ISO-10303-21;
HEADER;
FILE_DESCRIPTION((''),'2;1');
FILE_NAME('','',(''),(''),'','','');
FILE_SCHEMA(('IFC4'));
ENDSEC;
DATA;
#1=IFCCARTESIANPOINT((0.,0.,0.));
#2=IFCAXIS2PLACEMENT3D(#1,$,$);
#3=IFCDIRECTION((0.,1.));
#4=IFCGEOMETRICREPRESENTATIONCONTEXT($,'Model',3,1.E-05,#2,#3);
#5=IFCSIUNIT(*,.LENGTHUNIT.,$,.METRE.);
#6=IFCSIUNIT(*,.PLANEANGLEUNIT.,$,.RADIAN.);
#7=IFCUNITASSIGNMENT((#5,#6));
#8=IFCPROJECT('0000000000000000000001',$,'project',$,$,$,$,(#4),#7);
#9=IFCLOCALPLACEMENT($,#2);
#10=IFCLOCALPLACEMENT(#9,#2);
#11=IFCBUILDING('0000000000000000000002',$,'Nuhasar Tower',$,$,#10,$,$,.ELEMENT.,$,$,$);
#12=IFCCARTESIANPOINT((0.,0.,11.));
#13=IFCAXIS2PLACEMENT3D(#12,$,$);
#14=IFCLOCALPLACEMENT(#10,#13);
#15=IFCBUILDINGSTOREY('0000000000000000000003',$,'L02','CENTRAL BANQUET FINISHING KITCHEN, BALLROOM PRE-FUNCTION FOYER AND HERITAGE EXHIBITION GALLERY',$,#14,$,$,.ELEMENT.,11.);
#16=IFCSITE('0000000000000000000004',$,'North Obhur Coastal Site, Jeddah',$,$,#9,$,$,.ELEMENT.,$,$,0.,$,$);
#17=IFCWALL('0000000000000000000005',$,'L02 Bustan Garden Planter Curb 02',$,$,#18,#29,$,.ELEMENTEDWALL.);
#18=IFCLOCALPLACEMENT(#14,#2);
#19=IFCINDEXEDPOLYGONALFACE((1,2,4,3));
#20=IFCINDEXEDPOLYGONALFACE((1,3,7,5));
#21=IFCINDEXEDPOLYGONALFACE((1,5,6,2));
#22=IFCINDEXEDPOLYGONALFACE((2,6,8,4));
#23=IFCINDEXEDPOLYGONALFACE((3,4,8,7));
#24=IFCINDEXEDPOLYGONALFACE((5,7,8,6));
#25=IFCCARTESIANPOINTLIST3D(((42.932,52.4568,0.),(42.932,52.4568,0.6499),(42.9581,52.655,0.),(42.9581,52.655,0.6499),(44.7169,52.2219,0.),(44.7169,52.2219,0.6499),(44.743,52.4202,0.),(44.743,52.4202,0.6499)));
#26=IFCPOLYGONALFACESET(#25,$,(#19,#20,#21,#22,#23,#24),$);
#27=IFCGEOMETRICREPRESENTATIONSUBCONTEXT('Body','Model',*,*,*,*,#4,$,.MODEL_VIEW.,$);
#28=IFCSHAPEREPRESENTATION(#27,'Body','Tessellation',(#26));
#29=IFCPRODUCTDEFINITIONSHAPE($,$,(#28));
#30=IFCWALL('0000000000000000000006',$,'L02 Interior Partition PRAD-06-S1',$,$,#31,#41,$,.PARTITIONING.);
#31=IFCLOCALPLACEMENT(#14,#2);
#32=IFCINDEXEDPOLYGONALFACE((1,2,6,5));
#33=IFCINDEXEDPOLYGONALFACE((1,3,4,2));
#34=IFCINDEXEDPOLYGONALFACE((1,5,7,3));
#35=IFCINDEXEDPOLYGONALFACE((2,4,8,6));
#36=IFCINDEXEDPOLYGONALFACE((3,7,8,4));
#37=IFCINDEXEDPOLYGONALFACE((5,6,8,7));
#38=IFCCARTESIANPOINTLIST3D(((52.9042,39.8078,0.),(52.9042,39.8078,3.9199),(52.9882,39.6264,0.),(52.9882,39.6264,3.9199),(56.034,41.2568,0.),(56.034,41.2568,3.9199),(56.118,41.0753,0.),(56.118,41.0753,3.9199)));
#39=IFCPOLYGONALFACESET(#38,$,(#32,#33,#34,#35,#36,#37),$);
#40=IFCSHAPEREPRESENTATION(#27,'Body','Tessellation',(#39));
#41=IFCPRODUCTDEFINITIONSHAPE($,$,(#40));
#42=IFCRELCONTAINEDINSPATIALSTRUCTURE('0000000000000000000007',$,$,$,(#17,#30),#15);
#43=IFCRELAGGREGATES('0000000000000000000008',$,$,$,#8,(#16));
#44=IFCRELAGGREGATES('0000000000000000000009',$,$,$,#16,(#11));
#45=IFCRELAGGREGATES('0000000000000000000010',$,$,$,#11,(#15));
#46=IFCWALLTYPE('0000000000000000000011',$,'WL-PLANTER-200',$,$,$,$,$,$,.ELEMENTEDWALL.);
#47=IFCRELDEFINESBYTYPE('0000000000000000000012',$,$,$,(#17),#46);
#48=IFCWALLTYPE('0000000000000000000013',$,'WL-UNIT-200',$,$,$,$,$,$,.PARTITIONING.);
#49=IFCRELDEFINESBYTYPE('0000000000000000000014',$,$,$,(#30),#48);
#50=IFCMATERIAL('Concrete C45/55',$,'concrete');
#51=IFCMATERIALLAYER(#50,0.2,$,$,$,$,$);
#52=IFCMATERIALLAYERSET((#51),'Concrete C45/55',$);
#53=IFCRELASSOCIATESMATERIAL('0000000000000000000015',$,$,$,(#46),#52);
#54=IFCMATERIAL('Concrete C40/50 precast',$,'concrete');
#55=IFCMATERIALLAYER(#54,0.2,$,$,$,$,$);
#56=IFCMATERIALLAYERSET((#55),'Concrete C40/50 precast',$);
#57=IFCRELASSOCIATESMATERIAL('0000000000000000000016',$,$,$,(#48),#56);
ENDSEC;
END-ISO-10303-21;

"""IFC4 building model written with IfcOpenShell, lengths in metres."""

from ifc_helpers import new_model, si_unit, direction, frame, frame_2d, origin, place, context, subcontext, project, spatial, rectangle, extrude, material, layer, layer_set, type_object, element, save


model = new_model("IFC4")

# Units and contexts
model_context = context("Model", 3, precision=1e-05, world=origin(), true_north=direction((0.0, 1.0)))
body_context = subcontext(model_context, "Body", "Model", "MODEL_VIEW")
ifc_project = project(units=[si_unit("LENGTHUNIT", "METRE"), si_unit("PLANEANGLEUNIT", "RADIAN")], contexts=[model_context])

# Site, building, storey
site_placement = place(None, origin())
site = spatial("IfcSite", under=ifc_project, at=site_placement, Name="North Obhur Coastal Site, Jeddah", CompositionType="ELEMENT", RefElevation=0.0)
building_placement = place(site_placement, origin())
building = spatial("IfcBuilding", under=site, at=building_placement, Name="Nuhasar Tower", CompositionType="ELEMENT")
storey_placement = place(building_placement, frame((0.0, 0.0, 11.0)))
storey = spatial("IfcBuildingStorey", under=building, at=storey_placement, Name="L02", Description="CENTRAL BANQUET FINISHING KITCHEN, BALLROOM PRE-FUNCTION FOYER AND HERITAGE EXHIBITION GALLERY", CompositionType="ELEMENT", Elevation=11.0)

# Shared definitions
ifc_material_1 = material(Name="Concrete C45/55", Category="concrete")

# Walls
ifc_layer_1 = layer(ifc_material_1, 0.2)
ifc_layer_set_1 = layer_set([ifc_layer_1], Name="Concrete C45/55")
wall_type_1 = type_object("IfcWallType", Name="WL-PLANTER-200", PredefinedType="ELEMENTEDWALL", material=ifc_layer_set_1)
wall_1_placement = place(storey_placement, frame((42.9451, 52.5559, 0.0), z_axis=(0.0, 0.0, 1.0), x_axis=(0.991454, -0.130458, 0.0)))
element("IfcWall", 1, at=wall_1_placement, inside=storey, type_object=wall_type_1, Name="L02 Bustan Garden Planter Curb 02", PredefinedType="ELEMENTEDWALL", context=body_context, shape_type="SweptSolid", body=[
    extrude(rectangle(XDim=1.8003, YDim=0.2, at=frame_2d((0.9001, 0.0))), origin(), (0.0, 0.0, 1.0), 0.6499),
])
ifc_material_2 = material(Name="Concrete C40/50 precast", Category="concrete")
ifc_layer_2 = layer(ifc_material_2, 0.2)
ifc_layer_set_2 = layer_set([ifc_layer_2], Name="Concrete C40/50 precast")
wall_type_2 = type_object("IfcWallType", Name="WL-UNIT-200", PredefinedType="PARTITIONING", material=ifc_layer_set_2)
wall_2_placement = place(storey_placement, frame((52.946, 39.717, 0.0), z_axis=(0.0, 0.0, 1.0), x_axis=(0.907472, 0.420113, 0.0)))
element("IfcWall", 2, at=wall_2_placement, inside=storey, type_object=wall_type_2, Name="L02 Interior Partition PRAD-06-S1", PredefinedType="PARTITIONING", context=body_context, shape_type="SweptSolid", body=[
    extrude(rectangle(XDim=3.449, YDim=0.2, at=frame_2d((1.7246, 0.0))), origin(), (0.0, 0.0, 1.0), 3.9199),
])

save(model, "model.ifc")
